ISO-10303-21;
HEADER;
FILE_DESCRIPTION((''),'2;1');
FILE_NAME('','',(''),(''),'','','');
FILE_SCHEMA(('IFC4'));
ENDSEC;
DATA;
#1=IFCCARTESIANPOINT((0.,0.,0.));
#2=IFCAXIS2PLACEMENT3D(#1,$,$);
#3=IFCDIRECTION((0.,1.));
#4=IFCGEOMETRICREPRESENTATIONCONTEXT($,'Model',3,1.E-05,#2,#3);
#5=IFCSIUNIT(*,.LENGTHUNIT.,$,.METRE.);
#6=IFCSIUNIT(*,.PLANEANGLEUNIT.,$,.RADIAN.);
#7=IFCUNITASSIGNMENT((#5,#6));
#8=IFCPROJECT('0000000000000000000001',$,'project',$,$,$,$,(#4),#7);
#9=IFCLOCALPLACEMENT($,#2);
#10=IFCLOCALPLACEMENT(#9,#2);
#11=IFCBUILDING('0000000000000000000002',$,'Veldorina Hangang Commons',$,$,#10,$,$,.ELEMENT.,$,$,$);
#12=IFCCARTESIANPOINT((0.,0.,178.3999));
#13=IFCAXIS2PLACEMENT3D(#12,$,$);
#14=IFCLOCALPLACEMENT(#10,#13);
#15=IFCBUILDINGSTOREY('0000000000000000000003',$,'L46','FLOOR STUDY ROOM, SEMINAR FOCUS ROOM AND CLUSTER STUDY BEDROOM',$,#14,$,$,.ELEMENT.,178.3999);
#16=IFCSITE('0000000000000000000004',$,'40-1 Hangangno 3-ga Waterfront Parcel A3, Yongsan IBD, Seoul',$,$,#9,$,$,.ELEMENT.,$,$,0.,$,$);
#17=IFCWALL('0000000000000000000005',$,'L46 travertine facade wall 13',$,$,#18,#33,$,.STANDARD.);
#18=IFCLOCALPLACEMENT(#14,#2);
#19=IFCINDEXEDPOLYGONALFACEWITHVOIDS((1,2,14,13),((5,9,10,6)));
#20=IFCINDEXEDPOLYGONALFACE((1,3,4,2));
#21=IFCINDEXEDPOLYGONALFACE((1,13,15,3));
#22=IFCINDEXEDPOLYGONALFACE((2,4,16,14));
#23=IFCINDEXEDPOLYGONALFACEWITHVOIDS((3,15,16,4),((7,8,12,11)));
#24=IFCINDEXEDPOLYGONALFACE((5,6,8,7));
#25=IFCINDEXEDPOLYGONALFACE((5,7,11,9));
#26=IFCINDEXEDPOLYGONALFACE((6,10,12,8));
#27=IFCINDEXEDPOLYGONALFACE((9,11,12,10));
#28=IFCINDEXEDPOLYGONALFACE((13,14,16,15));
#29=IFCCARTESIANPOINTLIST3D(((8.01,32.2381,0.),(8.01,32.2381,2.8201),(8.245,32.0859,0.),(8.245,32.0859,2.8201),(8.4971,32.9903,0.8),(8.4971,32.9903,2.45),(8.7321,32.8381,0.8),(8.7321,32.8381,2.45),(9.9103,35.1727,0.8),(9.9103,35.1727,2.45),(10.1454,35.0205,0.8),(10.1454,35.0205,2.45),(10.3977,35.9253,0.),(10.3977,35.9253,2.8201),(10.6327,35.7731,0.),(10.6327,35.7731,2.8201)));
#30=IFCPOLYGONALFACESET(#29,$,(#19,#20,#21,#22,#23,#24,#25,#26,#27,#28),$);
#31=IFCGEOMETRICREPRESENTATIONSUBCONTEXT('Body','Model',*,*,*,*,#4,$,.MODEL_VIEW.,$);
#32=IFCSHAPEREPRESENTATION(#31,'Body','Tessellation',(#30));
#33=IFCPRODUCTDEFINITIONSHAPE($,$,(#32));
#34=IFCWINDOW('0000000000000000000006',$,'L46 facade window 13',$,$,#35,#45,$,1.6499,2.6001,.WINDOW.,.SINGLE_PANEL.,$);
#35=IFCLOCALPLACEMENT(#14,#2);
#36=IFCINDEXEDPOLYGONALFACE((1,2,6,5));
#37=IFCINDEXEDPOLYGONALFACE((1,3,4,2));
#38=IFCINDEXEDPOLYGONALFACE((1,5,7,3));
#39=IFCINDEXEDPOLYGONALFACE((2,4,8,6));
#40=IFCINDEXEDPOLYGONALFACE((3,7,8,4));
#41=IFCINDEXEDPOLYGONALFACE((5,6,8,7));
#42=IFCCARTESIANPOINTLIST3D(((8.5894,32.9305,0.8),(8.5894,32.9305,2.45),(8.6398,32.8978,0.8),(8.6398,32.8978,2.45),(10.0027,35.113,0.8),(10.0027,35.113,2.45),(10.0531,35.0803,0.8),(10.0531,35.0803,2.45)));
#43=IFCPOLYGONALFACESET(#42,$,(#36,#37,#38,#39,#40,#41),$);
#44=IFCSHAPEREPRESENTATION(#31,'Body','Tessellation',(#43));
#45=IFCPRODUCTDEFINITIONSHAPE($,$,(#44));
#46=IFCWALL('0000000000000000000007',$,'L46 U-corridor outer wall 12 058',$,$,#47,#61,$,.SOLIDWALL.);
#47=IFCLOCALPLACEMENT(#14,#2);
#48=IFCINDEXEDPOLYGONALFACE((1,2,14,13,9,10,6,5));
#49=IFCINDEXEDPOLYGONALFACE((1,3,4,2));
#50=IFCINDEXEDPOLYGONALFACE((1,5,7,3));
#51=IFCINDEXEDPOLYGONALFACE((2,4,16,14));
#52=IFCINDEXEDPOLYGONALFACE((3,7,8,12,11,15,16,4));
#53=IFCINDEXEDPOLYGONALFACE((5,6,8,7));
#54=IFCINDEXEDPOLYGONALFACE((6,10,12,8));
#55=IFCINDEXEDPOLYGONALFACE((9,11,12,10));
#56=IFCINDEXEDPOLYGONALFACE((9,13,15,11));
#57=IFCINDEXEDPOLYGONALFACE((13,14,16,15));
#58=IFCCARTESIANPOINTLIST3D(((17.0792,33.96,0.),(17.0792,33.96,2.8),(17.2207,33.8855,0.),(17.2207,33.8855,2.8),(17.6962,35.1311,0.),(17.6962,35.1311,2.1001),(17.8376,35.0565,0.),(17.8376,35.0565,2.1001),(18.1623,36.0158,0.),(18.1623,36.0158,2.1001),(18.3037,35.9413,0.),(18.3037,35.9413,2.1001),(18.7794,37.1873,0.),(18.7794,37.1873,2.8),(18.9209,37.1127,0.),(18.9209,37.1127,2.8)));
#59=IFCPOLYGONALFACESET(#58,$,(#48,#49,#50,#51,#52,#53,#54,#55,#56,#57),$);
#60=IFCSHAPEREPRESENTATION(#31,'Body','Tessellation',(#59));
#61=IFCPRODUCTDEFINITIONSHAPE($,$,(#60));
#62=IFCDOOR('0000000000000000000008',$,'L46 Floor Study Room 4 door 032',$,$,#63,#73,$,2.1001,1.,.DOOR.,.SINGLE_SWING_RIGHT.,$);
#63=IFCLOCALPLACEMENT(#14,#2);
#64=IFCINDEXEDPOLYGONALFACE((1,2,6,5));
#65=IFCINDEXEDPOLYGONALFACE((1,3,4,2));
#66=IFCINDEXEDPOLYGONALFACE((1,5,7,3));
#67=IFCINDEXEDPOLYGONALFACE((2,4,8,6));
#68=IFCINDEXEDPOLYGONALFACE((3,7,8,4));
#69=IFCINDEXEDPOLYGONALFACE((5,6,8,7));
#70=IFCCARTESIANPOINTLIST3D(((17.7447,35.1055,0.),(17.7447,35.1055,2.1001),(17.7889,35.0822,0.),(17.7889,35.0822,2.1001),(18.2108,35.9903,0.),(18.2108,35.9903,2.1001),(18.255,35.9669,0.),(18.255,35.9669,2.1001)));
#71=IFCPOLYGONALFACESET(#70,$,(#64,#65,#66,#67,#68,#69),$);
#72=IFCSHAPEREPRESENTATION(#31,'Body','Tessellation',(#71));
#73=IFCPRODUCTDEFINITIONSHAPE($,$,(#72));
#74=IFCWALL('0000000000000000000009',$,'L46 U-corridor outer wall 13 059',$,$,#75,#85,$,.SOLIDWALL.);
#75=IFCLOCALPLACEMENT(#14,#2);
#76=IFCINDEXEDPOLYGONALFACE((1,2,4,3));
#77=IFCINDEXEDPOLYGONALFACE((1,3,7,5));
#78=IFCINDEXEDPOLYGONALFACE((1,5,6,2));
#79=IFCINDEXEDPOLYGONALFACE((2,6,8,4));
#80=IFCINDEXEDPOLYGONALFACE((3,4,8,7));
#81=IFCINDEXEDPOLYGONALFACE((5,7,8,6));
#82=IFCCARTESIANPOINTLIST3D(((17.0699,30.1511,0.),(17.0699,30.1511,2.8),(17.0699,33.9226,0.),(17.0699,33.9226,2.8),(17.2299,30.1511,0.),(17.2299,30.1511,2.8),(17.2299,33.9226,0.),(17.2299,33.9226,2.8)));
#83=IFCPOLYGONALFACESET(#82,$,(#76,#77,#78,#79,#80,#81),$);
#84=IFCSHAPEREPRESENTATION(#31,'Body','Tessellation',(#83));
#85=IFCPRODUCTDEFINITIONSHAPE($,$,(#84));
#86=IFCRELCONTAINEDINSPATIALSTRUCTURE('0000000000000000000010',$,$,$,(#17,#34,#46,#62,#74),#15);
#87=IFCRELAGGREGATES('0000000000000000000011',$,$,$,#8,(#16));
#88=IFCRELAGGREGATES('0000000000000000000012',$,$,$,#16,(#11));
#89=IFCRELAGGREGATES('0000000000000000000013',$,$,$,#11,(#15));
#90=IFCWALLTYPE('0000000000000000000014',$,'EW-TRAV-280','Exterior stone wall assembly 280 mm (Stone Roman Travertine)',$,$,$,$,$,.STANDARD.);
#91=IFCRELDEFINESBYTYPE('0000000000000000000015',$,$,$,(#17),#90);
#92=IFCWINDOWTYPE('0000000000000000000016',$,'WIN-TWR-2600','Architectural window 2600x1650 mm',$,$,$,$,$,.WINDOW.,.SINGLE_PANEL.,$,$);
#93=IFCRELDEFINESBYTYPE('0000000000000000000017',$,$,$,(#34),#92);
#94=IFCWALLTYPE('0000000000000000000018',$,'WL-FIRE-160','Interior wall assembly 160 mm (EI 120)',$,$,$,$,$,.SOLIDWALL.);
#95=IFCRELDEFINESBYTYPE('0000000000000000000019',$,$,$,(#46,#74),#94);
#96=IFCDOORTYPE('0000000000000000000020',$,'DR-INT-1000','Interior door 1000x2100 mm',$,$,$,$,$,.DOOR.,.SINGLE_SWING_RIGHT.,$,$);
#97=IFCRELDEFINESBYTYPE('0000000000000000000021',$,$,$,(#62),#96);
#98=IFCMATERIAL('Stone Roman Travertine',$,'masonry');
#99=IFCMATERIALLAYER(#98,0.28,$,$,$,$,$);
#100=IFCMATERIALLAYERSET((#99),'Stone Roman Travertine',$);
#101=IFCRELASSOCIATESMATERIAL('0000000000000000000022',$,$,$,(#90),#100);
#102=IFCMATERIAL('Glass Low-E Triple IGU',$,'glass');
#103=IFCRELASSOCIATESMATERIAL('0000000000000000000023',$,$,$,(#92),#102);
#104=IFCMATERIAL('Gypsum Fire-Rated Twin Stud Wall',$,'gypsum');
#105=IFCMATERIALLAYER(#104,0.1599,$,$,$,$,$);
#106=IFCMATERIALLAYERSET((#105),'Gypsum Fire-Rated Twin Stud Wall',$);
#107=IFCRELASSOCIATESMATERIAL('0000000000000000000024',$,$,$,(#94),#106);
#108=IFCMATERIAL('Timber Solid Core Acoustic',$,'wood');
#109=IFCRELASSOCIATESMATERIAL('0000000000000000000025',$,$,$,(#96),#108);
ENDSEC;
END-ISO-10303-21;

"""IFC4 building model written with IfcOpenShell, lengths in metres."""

from ifc_helpers import new_model, si_unit, direction, frame, frame_2d, origin, place, context, subcontext, project, spatial, rectangle, extrude, material, layer, layer_set, type_object, element, fill, save


model = new_model("IFC4")

# Units and contexts
model_context = context("Model", 3, precision=1e-05, world=origin(), true_north=direction((0.0, 1.0)))
body_context = subcontext(model_context, "Body", "Model", "MODEL_VIEW")
ifc_project = project(units=[si_unit("LENGTHUNIT", "METRE"), si_unit("PLANEANGLEUNIT", "RADIAN")], contexts=[model_context])

# Site, building, storey
site_placement = place(None, origin())
site = spatial("IfcSite", under=ifc_project, at=site_placement, Name="40-1 Hangangno 3-ga Waterfront Parcel A3, Yongsan IBD, Seoul", CompositionType="ELEMENT", RefElevation=0.0)
building_placement = place(site_placement, origin())
building = spatial("IfcBuilding", under=site, at=building_placement, Name="Veldorina Hangang Commons", CompositionType="ELEMENT")
storey_placement = place(building_placement, frame((0.0, 0.0, 178.3999)))
storey = spatial("IfcBuildingStorey", under=building, at=storey_placement, Name="L46", Description="FLOOR STUDY ROOM, SEMINAR FOCUS ROOM AND CLUSTER STUDY BEDROOM", CompositionType="ELEMENT", Elevation=178.3999)

# Shared definitions
ifc_material_1 = material(Name="Stone Roman Travertine", Category="masonry")
ifc_layer_1 = layer(ifc_material_1, 0.28)
ifc_layer_set_1 = layer_set([ifc_layer_1], Name="Stone Roman Travertine")
wall_type_1 = type_object("IfcWallType", Name="EW-TRAV-280", Description="Exterior stone wall assembly 280 mm (Stone Roman Travertine)", PredefinedType="STANDARD", material=ifc_layer_set_1)

# Wall, opening, window
wall_1_placement = place(storey_placement, frame((10.5151, 35.8491, 0.0), z_axis=(0.0, 0.0, 1.0), x_axis=(-0.543544, -0.839381, 0.0)))
wall_1 = element("IfcWall", 1, at=wall_1_placement, inside=storey, type_object=wall_type_1, Name="L46 travertine facade wall 13", PredefinedType="STANDARD", context=body_context, shape_type="SweptSolid", body=[
    extrude(rectangle(XDim=4.3928, YDim=0.28, at=frame_2d((2.1963, 0.0))), origin(), (0.0, 0.0, 1.0), 2.8201),
])
opening_1_placement = place(wall_1_placement, frame((0.8965, 0.0, 0.8)))
opening_1 = element("IfcOpeningElement", 2, at=opening_1_placement, cuts=wall_1, PredefinedType="OPENING", context=body_context, shape_type="SweptSolid", body=[
    extrude(rectangle(XDim=2.6001, YDim=1.6499, at=frame_2d((1.3, 0.825))), frame((0.0, 0.1499, 0.0), z_axis=(0.0, -1.0, 0.0), x_axis=(1.0, 0.0, 0.0)), (0.0, 0.0, 1.0), 0.3),
])
ifc_material_2 = material(Name="Glass Low-E Triple IGU", Category="glass")
window_type = type_object("IfcWindowType", Name="WIN-TWR-2600", Description="Architectural window 2600x1650 mm", PartitioningType="SINGLE_PANEL", PredefinedType="WINDOW", material=ifc_material_2)
window_placement = place(opening_1_placement, origin())
window = element("IfcWindow", 3, at=window_placement, inside=storey, type_object=window_type, Name="L46 facade window 13", OverallHeight=1.6499, OverallWidth=2.6001, PartitioningType="SINGLE_PANEL", PredefinedType="WINDOW", context=body_context, shape_type="SweptSolid", body=[
    extrude(rectangle(XDim=2.6001, YDim=1.6499, at=frame_2d((1.3, 0.825))), frame((0.0, 0.03, 0.0), z_axis=(0.0, -1.0, 0.0), x_axis=(1.0, 0.0, 0.0)), (0.0, 0.0, 1.0), 0.0601),
])
fill(opening_1, window)

# Wall, opening, door
ifc_material_3 = material(Name="Gypsum Fire-Rated Twin Stud Wall", Category="gypsum")
ifc_layer_2 = layer(ifc_material_3, 0.1599)
ifc_layer_set_2 = layer_set([ifc_layer_2], Name="Gypsum Fire-Rated Twin Stud Wall")
wall_type_2 = type_object("IfcWallType", Name="WL-FIRE-160", Description="Interior wall assembly 160 mm (EI 120)", PredefinedType="SOLIDWALL", material=ifc_layer_set_2)
wall_2_placement = place(storey_placement, frame((18.8501, 37.1499, 0.0), z_axis=(0.0, 0.0, 1.0), x_axis=(-0.466094, -0.884735, 0.0)))
wall_2 = element("IfcWall", 4, at=wall_2_placement, inside=storey, type_object=wall_type_2, Name="L46 U-corridor outer wall 12 058", PredefinedType="SOLIDWALL", context=body_context, shape_type="SweptSolid", body=[
    extrude(rectangle(XDim=3.6477, YDim=0.1599, at=frame_2d((1.8237, 0.0))), origin(), (0.0, 0.0, 1.0), 2.8),
])
opening_2_placement = place(wall_2_placement, frame((1.324, 0.0, 0.0)))
opening_2 = element("IfcOpeningElement", 5, at=opening_2_placement, cuts=wall_2, PredefinedType="OPENING", context=body_context, shape_type="SweptSolid", body=[
    extrude(rectangle(XDim=1.0, YDim=2.1001, at=frame_2d((0.5, 1.05))), frame((0.0, 0.0898, 0.0), z_axis=(0.0, -1.0, 0.0), x_axis=(1.0, 0.0, 0.0)), (0.0, 0.0, 1.0), 0.1799),
])
ifc_material_4 = material(Name="Timber Solid Core Acoustic", Category="wood")
door_type = type_object("IfcDoorType", Name="DR-INT-1000", Description="Interior door 1000x2100 mm", OperationType="SINGLE_SWING_RIGHT", PredefinedType="DOOR", material=ifc_material_4)
door_placement = place(opening_2_placement, origin())
door = element("IfcDoor", 6, at=door_placement, inside=storey, type_object=door_type, Name="L46 Floor Study Room 4 door 032", OperationType="SINGLE_SWING_RIGHT", OverallHeight=2.1001, OverallWidth=1.0, PredefinedType="DOOR", context=body_context, shape_type="SweptSolid", body=[
    extrude(rectangle(XDim=1.0, YDim=2.1001, at=frame_2d((0.5, 1.05))), frame((0.0, 0.0249, 0.0), z_axis=(0.0, -1.0, 0.0), x_axis=(1.0, 0.0, 0.0)), (0.0, 0.0, 1.0), 0.05),
])
fill(opening_2, door)

# Wall
wall_3_placement = place(storey_placement, frame((17.1499, 33.9226, 0.0), z_axis=(0.0, 0.0, 1.0), x_axis=(0.0, -1.0, 0.0)))
element("IfcWall", 7, at=wall_3_placement, inside=storey, type_object=wall_type_2, Name="L46 U-corridor outer wall 13 059", PredefinedType="SOLIDWALL", context=body_context, shape_type="SweptSolid", body=[
    extrude(rectangle(XDim=3.7715, YDim=0.1599, at=frame_2d((1.8857, 0.0))), origin(), (0.0, 0.0, 1.0), 2.8),
])

save(model, "model.ifc")
